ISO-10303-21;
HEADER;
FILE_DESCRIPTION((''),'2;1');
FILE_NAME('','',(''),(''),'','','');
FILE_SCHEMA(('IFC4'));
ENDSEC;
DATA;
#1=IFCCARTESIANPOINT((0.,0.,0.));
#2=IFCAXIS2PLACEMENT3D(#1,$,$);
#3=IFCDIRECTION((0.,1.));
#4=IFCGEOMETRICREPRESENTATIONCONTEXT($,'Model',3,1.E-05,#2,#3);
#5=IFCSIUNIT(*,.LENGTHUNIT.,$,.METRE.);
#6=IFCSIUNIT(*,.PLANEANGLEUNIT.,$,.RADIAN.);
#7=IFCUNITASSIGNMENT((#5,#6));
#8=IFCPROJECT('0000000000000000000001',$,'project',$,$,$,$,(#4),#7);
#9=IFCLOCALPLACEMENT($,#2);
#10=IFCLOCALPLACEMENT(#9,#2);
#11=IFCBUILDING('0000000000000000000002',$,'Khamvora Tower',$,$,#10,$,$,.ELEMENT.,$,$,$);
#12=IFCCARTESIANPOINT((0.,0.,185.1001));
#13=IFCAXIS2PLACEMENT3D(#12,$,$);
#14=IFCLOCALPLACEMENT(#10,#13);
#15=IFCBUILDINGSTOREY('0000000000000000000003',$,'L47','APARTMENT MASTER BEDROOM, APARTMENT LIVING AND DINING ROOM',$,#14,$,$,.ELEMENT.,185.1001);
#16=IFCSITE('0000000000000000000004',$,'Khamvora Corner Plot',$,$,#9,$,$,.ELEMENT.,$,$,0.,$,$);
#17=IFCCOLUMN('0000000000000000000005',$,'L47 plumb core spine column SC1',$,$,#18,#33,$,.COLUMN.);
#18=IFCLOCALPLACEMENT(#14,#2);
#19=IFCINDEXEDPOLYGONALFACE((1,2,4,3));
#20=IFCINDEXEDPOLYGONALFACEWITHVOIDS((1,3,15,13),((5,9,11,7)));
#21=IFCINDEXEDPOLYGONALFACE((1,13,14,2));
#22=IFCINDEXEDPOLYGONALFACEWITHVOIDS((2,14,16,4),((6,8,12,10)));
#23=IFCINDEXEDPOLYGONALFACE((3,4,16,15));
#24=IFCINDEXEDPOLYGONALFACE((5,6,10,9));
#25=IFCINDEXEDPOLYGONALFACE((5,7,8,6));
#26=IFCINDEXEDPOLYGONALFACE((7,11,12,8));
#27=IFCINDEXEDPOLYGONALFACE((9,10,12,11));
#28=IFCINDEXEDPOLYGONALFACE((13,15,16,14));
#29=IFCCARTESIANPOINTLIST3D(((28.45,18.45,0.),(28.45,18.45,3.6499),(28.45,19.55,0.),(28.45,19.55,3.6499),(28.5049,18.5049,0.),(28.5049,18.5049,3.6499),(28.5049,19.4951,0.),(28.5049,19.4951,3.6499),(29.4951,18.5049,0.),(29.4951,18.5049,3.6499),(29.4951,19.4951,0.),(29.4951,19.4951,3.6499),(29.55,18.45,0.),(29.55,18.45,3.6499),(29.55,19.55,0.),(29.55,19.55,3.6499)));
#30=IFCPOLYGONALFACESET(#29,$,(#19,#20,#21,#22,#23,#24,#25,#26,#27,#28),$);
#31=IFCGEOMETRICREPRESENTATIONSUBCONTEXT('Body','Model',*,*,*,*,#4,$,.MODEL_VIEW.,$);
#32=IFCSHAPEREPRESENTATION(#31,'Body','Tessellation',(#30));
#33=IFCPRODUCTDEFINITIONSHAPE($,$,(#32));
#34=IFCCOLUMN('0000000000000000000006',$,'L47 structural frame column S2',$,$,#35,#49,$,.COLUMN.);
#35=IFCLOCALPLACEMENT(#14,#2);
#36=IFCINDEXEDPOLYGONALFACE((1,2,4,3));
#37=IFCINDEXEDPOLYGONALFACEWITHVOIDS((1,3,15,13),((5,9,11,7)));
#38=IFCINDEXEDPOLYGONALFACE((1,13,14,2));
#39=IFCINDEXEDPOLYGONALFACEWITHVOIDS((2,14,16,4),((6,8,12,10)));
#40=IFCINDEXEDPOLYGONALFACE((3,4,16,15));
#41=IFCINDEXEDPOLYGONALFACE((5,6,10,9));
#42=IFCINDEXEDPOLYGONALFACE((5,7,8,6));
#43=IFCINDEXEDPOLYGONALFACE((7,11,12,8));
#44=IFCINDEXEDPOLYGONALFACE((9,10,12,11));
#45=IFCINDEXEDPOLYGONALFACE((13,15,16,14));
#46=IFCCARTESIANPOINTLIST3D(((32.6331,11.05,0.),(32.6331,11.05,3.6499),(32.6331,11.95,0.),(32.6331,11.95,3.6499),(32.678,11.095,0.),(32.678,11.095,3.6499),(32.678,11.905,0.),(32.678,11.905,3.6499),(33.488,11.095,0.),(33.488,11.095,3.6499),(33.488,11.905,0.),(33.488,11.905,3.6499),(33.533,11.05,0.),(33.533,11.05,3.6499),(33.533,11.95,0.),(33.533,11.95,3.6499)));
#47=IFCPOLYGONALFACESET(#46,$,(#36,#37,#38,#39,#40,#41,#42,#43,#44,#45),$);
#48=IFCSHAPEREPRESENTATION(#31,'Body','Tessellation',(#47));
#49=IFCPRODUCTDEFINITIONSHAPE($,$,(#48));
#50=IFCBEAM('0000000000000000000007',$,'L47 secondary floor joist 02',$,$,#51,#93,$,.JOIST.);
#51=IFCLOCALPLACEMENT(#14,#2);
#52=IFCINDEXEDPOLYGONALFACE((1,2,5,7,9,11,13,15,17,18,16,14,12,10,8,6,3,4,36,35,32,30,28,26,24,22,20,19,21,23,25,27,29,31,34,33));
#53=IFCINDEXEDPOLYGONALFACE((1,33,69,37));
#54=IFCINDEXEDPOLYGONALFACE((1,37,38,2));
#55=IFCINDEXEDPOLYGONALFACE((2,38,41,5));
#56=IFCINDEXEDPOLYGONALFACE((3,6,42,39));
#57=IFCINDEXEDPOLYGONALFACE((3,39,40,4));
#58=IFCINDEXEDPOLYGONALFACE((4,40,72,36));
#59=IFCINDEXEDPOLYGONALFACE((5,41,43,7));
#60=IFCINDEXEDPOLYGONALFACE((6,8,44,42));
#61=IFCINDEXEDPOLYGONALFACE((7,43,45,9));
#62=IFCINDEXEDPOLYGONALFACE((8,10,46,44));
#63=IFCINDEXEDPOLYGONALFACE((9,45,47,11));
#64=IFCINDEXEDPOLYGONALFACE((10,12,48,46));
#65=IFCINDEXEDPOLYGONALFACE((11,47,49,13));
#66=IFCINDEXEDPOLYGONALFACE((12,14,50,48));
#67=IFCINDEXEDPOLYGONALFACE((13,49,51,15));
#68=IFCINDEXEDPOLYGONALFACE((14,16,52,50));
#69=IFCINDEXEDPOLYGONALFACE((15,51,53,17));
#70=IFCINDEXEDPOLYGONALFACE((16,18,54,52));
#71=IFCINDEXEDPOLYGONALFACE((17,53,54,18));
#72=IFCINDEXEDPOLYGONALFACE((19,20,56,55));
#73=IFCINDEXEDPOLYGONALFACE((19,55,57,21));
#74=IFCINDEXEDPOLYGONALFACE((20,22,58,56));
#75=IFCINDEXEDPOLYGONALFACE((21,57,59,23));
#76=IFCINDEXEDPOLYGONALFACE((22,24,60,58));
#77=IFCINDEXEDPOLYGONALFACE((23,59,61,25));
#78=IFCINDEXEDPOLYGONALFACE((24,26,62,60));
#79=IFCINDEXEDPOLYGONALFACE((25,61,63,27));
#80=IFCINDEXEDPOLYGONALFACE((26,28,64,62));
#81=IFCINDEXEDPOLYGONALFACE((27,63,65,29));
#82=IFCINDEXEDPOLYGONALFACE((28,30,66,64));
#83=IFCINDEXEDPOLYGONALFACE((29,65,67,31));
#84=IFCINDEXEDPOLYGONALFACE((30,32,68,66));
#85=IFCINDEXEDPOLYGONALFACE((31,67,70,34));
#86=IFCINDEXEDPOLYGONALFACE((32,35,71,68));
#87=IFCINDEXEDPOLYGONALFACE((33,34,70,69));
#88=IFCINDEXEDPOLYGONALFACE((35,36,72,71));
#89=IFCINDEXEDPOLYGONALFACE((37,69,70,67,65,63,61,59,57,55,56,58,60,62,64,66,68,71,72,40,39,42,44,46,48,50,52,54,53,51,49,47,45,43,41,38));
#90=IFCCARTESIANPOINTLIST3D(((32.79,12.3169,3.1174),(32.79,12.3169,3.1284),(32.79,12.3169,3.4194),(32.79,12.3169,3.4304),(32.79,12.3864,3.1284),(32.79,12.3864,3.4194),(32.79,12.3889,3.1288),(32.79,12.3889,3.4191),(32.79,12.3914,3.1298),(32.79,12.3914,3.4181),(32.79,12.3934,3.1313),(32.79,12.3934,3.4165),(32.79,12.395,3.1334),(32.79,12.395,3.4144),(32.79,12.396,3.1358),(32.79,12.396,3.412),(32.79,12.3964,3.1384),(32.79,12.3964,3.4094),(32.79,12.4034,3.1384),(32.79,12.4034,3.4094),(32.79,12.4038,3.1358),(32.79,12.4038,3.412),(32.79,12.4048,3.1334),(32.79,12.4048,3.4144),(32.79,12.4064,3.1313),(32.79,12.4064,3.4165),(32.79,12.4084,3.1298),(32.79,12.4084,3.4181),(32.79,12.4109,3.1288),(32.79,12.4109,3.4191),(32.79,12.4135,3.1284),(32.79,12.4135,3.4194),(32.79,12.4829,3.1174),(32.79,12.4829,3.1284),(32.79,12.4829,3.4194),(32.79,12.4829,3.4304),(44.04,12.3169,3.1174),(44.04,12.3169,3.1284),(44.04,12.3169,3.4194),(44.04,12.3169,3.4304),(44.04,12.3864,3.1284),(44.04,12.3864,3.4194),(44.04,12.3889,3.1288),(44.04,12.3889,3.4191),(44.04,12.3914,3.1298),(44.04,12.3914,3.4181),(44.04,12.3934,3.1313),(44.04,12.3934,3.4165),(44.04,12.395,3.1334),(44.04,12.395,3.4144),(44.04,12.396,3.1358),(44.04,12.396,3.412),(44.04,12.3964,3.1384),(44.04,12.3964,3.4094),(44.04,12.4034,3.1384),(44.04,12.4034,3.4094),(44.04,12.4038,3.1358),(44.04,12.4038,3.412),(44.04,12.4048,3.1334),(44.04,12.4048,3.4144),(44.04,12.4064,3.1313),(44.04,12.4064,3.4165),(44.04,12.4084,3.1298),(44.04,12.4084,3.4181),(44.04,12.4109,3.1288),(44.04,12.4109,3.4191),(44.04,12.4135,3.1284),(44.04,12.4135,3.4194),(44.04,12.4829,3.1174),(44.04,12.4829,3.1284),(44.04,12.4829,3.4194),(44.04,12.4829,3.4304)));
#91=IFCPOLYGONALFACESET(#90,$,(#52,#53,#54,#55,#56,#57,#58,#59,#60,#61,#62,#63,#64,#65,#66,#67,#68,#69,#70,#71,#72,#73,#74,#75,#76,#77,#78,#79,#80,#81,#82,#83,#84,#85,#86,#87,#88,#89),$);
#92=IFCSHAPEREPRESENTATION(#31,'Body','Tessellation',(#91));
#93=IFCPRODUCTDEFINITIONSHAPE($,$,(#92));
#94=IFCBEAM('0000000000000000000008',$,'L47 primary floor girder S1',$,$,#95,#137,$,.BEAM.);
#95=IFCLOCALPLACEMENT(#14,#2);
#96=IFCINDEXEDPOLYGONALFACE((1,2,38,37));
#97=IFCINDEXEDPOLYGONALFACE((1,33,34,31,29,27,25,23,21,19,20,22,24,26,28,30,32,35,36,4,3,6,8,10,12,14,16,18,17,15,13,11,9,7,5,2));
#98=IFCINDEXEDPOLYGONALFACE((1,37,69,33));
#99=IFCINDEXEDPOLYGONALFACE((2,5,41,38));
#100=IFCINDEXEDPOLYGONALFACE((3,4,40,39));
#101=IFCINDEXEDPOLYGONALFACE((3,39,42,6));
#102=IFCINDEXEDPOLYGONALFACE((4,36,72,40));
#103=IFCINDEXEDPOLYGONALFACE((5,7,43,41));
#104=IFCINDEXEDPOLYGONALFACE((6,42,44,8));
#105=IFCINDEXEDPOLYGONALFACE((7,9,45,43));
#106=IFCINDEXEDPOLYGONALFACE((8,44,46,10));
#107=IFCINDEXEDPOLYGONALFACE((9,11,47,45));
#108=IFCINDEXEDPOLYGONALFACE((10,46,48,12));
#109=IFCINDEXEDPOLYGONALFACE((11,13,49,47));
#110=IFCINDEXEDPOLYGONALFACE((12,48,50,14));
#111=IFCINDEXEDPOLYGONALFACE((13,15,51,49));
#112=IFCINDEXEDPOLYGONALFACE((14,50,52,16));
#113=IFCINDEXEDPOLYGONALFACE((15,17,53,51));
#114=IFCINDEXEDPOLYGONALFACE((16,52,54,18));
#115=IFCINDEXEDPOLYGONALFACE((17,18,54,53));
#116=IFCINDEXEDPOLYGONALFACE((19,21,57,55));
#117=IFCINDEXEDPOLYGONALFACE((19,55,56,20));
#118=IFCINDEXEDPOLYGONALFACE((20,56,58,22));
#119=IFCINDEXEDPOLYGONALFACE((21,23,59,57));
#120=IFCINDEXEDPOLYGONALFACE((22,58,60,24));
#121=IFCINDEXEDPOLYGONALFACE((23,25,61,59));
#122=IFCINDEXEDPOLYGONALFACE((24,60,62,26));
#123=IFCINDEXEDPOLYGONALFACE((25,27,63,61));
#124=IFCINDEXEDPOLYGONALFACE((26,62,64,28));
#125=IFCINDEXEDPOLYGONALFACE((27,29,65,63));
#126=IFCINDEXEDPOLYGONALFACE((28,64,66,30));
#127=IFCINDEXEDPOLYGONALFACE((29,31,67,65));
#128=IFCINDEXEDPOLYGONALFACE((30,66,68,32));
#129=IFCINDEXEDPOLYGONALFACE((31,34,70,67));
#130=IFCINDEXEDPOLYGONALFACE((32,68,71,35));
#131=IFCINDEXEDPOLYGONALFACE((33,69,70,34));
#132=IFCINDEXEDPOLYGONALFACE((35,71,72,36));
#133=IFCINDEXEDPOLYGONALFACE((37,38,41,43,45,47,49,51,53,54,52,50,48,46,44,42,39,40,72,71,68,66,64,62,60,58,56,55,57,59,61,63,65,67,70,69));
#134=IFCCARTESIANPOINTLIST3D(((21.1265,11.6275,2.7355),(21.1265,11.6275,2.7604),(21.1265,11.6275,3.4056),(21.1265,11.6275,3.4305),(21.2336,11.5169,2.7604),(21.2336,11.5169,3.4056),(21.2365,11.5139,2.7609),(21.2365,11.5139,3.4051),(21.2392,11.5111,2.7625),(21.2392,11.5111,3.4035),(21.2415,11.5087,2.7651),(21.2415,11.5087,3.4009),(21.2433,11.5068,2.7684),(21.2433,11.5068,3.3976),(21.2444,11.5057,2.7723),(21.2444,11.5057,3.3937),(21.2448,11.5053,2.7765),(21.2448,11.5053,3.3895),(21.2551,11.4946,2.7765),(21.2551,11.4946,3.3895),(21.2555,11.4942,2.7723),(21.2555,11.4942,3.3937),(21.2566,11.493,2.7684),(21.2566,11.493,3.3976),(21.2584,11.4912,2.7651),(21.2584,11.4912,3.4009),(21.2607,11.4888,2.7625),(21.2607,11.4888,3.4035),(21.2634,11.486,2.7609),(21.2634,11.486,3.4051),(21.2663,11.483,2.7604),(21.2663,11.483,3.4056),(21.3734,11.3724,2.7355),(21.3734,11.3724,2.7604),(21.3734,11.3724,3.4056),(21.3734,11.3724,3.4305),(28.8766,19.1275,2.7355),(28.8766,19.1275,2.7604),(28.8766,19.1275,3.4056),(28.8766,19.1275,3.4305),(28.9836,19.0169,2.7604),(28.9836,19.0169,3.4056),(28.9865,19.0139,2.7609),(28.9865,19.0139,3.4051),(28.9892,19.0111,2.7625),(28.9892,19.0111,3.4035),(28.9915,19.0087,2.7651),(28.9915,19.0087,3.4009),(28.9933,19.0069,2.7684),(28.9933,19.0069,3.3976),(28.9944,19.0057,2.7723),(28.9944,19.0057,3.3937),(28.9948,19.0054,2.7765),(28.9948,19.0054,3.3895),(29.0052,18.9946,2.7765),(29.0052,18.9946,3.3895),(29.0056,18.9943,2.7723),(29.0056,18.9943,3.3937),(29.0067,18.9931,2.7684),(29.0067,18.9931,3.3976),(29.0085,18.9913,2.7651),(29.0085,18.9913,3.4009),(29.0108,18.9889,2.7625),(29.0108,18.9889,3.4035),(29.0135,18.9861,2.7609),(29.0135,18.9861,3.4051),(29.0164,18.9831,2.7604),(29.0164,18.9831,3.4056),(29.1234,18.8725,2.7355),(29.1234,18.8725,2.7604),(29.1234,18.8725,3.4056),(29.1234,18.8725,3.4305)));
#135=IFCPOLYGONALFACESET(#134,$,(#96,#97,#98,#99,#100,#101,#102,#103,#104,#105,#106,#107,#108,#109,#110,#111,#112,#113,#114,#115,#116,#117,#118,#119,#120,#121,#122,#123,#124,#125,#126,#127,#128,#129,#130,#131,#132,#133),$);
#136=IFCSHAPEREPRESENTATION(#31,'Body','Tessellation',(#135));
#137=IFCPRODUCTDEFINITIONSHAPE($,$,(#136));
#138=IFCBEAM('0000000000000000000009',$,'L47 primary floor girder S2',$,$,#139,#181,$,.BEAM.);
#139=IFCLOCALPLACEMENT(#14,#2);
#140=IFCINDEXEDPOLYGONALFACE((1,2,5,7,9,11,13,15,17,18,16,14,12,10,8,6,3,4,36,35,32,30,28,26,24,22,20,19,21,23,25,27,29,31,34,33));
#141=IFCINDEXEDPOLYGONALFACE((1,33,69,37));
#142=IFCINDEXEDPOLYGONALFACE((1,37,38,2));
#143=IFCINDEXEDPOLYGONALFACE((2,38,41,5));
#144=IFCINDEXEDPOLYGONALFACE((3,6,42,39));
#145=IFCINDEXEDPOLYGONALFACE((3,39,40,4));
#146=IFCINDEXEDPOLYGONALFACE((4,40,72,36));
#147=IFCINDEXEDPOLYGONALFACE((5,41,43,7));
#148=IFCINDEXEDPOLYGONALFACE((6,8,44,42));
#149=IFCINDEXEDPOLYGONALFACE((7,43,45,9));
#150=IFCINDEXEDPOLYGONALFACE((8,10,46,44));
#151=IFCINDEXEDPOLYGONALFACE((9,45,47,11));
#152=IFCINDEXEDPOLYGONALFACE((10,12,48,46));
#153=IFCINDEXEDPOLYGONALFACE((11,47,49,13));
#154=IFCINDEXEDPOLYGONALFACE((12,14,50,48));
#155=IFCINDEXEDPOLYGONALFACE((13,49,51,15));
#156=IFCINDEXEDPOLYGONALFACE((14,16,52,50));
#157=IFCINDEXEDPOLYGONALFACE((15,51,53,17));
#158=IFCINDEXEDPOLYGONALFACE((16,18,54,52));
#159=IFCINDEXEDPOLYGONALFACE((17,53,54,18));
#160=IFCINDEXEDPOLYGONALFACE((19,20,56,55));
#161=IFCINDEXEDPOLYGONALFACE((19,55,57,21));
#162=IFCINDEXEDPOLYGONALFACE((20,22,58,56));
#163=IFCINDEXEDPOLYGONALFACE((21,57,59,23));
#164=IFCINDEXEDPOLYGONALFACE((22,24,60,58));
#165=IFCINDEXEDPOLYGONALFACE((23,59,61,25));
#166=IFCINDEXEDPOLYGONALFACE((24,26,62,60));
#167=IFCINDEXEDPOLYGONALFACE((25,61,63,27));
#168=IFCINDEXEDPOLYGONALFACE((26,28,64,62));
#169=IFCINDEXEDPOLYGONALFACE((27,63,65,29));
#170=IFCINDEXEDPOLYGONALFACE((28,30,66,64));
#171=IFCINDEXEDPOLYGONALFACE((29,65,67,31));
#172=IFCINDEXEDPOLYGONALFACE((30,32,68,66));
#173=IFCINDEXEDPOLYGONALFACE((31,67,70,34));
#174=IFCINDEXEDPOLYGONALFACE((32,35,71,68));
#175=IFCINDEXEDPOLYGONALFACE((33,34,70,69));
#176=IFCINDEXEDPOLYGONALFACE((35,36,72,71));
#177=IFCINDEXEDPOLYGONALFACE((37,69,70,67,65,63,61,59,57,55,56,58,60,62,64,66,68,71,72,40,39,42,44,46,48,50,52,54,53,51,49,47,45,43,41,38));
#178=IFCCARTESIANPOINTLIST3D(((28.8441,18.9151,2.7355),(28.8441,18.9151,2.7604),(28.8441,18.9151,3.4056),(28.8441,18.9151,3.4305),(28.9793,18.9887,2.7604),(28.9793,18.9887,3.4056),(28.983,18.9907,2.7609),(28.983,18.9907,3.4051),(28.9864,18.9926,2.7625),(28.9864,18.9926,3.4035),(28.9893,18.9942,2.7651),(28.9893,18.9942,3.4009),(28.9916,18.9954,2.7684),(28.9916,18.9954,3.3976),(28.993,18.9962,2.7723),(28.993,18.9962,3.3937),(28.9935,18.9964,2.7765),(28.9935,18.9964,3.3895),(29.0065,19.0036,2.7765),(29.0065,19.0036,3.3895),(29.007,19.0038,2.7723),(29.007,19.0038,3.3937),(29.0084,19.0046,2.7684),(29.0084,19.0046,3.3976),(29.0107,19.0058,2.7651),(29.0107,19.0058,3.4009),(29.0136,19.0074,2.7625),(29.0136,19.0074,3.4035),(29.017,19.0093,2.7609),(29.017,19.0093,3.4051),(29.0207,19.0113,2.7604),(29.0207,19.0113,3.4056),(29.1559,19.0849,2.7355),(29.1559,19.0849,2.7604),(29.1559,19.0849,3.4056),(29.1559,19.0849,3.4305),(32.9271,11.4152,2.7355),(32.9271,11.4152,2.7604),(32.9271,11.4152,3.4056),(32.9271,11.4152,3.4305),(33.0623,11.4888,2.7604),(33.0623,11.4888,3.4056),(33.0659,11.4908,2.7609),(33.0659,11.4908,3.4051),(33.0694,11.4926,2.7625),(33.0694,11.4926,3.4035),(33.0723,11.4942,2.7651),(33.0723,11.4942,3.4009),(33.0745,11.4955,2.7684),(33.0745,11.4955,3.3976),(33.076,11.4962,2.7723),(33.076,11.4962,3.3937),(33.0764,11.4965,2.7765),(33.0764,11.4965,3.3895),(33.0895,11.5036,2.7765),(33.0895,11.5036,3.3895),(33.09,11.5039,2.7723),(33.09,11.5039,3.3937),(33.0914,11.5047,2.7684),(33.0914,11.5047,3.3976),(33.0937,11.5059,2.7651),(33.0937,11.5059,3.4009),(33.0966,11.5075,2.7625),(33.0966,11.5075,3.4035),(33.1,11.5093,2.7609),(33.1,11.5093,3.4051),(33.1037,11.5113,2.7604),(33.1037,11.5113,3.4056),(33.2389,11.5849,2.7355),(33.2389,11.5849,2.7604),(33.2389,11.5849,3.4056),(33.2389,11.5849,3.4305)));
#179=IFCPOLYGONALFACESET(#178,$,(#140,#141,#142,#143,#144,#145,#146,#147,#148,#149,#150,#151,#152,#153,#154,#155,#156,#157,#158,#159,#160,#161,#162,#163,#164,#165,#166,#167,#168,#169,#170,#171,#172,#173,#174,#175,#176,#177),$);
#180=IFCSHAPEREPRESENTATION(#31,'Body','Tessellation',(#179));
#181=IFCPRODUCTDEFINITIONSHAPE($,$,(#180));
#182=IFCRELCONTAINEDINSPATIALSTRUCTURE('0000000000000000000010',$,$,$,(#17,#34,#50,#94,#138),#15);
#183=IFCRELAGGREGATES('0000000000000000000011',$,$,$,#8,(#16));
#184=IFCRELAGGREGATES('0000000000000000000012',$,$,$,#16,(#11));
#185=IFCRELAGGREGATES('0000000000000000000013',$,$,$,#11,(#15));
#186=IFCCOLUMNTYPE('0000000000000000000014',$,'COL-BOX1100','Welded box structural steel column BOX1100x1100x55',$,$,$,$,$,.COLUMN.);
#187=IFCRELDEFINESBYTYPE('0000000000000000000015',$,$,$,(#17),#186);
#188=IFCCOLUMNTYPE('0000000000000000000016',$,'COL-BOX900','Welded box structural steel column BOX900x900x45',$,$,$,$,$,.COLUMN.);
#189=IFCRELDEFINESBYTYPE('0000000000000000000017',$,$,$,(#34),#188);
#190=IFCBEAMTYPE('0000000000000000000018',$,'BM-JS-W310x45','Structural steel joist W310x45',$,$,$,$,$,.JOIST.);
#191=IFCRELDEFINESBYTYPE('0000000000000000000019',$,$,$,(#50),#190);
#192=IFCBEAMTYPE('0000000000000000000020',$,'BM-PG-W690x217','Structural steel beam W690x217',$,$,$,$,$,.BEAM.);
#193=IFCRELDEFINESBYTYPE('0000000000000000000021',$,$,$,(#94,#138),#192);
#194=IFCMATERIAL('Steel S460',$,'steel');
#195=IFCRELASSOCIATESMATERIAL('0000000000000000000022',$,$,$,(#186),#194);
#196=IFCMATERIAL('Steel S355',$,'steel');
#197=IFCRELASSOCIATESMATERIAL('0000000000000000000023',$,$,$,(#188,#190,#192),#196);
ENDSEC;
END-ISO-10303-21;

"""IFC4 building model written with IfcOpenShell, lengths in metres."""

from ifc_helpers import new_model, si_unit, direction, frame, origin, origin_2d, place, context, subcontext, project, spatial, hollow_rectangle, i_section, extrude, material, material_profile, profile_set, type_object, element, save


model = new_model("IFC4")

# Units and contexts
model_context = context("Model", 3, precision=1e-05, world=origin(), true_north=direction((0.0, 1.0)))
body_context = subcontext(model_context, "Body", "Model", "MODEL_VIEW")
ifc_project = project(units=[si_unit("LENGTHUNIT", "METRE"), si_unit("PLANEANGLEUNIT", "RADIAN")], contexts=[model_context])

# Site, building, storey
site_placement = place(None, origin())
site = spatial("IfcSite", under=ifc_project, at=site_placement, Name="Khamvora Corner Plot", CompositionType="ELEMENT", RefElevation=0.0)
building_placement = place(site_placement, origin())
building = spatial("IfcBuilding", under=site, at=building_placement, Name="Khamvora Tower", CompositionType="ELEMENT")
storey_placement = place(building_placement, frame((0.0, 0.0, 185.1001)))
storey = spatial("IfcBuildingStorey", under=building, at=storey_placement, Name="L47", Description="APARTMENT MASTER BEDROOM, APARTMENT LIVING AND DINING ROOM", CompositionType="ELEMENT", Elevation=185.1001)

# Columns
ifc_material_1 = material(Name="Steel S460", Category="steel")
ifc_material_profile_1 = material_profile(ifc_material_1, hollow_rectangle(XDim=1.1001, YDim=1.1001, WallThickness=0.0549, at=origin_2d()), Name="BOX1100x1100x55")
ifc_profile_set_1 = profile_set([ifc_material_profile_1], Name="Steel S460")
column_type_1 = type_object("IfcColumnType", Name="COL-BOX1100", Description="Welded box structural steel column BOX1100x1100x55", PredefinedType="COLUMN", material=ifc_profile_set_1)
column_1_placement = place(storey_placement, frame((29.0, 19.0, 0.0), z_axis=(0.0, 0.0, 1.0), x_axis=(1.0, 0.0, 0.0)))
element("IfcColumn", 1, at=column_1_placement, inside=storey, type_object=column_type_1, Name="L47 plumb core spine column SC1", PredefinedType="COLUMN", context=body_context, shape_type="SweptSolid", body=[
    extrude(hollow_rectangle(XDim=1.1001, YDim=1.1001, WallThickness=0.0549, at=origin_2d()), origin(), (0.0, 0.0, 1.0), 3.6499),
])
ifc_material_2 = material(Name="Steel S355", Category="steel")
ifc_material_profile_2 = material_profile(ifc_material_2, hollow_rectangle(XDim=0.8999, YDim=0.8999, WallThickness=0.0449, at=origin_2d()), Name="BOX900x900x45")
ifc_profile_set_2 = profile_set([ifc_material_profile_2], Name="Steel S355")
column_type_2 = type_object("IfcColumnType", Name="COL-BOX900", Description="Welded box structural steel column BOX900x900x45", PredefinedType="COLUMN", material=ifc_profile_set_2)
column_2_placement = place(storey_placement, frame((33.083, 11.5, 0.0), z_axis=(0.0, 0.0, 1.0), x_axis=(1.0, 0.0, 0.0)))
element("IfcColumn", 2, at=column_2_placement, inside=storey, type_object=column_type_2, Name="L47 structural frame column S2", PredefinedType="COLUMN", context=body_context, shape_type="SweptSolid", body=[
    extrude(hollow_rectangle(XDim=0.8999, YDim=0.8999, WallThickness=0.0449, at=origin_2d()), origin(), (0.0, 0.0, 1.0), 3.6499),
])

# Beams
ifc_material_profile_3 = material_profile(ifc_material_2, i_section(OverallWidth=0.166, OverallDepth=0.313, WebThickness=0.0071, FlangeThickness=0.011, FilletRadius=0.01, at=origin_2d()), Name="W310x45")
ifc_profile_set_3 = profile_set([ifc_material_profile_3], Name="Steel S355")
beam_type_1 = type_object("IfcBeamType", Name="BM-JS-W310x45", Description="Structural steel joist W310x45", PredefinedType="JOIST", material=ifc_profile_set_3)
beam_1_placement = place(storey_placement, frame((32.79, 12.3999, 3.2739), z_axis=(1.0, 0.0, 0.0), x_axis=(0.0, 1.0, 0.0)))
element("IfcBeam", 3, at=beam_1_placement, inside=storey, type_object=beam_type_1, Name="L47 secondary floor joist 02", PredefinedType="JOIST", context=body_context, shape_type="SweptSolid", body=[
    extrude(i_section(OverallWidth=0.166, OverallDepth=0.313, WebThickness=0.0071, FlangeThickness=0.011, FilletRadius=0.01, at=origin_2d()), origin(), (0.0, 0.0, 1.0), 11.25),
])
ifc_material_profile_4 = material_profile(ifc_material_2, i_section(OverallWidth=0.355, OverallDepth=0.6951, WebThickness=0.0149, FlangeThickness=0.0249, FilletRadius=0.0161, at=origin_2d()), Name="W690x217")
ifc_profile_set_4 = profile_set([ifc_material_profile_4], Name="Steel S355")
beam_type_2 = type_object("IfcBeamType", Name="BM-PG-W690x217", Description="Structural steel beam W690x217", PredefinedType="BEAM", material=ifc_profile_set_4)
beam_2_placement = place(storey_placement, frame((29.0, 19.0, 3.083), z_axis=(-0.718602, -0.695421, 0.0), x_axis=(0.695421, -0.718602, 0.0)))
element("IfcBeam", 4, at=beam_2_placement, inside=storey, type_object=beam_type_2, Name="L47 primary floor girder S1", PredefinedType="BEAM", context=body_context, shape_type="SweptSolid", body=[
    extrude(i_section(OverallWidth=0.355, OverallDepth=0.6951, WebThickness=0.0149, FlangeThickness=0.0249, FilletRadius=0.0161, at=origin_2d()), origin(), (0.0, 0.0, 1.0), 10.7849),
])
beam_3_placement = place(storey_placement, frame((29.0, 19.0, 3.083), z_axis=(0.478139, -0.878284, 0.0), x_axis=(0.878284, 0.478139, 0.0)))
element("IfcBeam", 5, at=beam_3_placement, inside=storey, type_object=beam_type_2, Name="L47 primary floor girder S2", PredefinedType="BEAM", context=body_context, shape_type="SweptSolid", body=[
    extrude(i_section(OverallWidth=0.355, OverallDepth=0.6951, WebThickness=0.0149, FlangeThickness=0.0249, FilletRadius=0.0161, at=origin_2d()), origin(), (0.0, 0.0, 1.0), 8.5393),
])

save(model, "model.ifc")
